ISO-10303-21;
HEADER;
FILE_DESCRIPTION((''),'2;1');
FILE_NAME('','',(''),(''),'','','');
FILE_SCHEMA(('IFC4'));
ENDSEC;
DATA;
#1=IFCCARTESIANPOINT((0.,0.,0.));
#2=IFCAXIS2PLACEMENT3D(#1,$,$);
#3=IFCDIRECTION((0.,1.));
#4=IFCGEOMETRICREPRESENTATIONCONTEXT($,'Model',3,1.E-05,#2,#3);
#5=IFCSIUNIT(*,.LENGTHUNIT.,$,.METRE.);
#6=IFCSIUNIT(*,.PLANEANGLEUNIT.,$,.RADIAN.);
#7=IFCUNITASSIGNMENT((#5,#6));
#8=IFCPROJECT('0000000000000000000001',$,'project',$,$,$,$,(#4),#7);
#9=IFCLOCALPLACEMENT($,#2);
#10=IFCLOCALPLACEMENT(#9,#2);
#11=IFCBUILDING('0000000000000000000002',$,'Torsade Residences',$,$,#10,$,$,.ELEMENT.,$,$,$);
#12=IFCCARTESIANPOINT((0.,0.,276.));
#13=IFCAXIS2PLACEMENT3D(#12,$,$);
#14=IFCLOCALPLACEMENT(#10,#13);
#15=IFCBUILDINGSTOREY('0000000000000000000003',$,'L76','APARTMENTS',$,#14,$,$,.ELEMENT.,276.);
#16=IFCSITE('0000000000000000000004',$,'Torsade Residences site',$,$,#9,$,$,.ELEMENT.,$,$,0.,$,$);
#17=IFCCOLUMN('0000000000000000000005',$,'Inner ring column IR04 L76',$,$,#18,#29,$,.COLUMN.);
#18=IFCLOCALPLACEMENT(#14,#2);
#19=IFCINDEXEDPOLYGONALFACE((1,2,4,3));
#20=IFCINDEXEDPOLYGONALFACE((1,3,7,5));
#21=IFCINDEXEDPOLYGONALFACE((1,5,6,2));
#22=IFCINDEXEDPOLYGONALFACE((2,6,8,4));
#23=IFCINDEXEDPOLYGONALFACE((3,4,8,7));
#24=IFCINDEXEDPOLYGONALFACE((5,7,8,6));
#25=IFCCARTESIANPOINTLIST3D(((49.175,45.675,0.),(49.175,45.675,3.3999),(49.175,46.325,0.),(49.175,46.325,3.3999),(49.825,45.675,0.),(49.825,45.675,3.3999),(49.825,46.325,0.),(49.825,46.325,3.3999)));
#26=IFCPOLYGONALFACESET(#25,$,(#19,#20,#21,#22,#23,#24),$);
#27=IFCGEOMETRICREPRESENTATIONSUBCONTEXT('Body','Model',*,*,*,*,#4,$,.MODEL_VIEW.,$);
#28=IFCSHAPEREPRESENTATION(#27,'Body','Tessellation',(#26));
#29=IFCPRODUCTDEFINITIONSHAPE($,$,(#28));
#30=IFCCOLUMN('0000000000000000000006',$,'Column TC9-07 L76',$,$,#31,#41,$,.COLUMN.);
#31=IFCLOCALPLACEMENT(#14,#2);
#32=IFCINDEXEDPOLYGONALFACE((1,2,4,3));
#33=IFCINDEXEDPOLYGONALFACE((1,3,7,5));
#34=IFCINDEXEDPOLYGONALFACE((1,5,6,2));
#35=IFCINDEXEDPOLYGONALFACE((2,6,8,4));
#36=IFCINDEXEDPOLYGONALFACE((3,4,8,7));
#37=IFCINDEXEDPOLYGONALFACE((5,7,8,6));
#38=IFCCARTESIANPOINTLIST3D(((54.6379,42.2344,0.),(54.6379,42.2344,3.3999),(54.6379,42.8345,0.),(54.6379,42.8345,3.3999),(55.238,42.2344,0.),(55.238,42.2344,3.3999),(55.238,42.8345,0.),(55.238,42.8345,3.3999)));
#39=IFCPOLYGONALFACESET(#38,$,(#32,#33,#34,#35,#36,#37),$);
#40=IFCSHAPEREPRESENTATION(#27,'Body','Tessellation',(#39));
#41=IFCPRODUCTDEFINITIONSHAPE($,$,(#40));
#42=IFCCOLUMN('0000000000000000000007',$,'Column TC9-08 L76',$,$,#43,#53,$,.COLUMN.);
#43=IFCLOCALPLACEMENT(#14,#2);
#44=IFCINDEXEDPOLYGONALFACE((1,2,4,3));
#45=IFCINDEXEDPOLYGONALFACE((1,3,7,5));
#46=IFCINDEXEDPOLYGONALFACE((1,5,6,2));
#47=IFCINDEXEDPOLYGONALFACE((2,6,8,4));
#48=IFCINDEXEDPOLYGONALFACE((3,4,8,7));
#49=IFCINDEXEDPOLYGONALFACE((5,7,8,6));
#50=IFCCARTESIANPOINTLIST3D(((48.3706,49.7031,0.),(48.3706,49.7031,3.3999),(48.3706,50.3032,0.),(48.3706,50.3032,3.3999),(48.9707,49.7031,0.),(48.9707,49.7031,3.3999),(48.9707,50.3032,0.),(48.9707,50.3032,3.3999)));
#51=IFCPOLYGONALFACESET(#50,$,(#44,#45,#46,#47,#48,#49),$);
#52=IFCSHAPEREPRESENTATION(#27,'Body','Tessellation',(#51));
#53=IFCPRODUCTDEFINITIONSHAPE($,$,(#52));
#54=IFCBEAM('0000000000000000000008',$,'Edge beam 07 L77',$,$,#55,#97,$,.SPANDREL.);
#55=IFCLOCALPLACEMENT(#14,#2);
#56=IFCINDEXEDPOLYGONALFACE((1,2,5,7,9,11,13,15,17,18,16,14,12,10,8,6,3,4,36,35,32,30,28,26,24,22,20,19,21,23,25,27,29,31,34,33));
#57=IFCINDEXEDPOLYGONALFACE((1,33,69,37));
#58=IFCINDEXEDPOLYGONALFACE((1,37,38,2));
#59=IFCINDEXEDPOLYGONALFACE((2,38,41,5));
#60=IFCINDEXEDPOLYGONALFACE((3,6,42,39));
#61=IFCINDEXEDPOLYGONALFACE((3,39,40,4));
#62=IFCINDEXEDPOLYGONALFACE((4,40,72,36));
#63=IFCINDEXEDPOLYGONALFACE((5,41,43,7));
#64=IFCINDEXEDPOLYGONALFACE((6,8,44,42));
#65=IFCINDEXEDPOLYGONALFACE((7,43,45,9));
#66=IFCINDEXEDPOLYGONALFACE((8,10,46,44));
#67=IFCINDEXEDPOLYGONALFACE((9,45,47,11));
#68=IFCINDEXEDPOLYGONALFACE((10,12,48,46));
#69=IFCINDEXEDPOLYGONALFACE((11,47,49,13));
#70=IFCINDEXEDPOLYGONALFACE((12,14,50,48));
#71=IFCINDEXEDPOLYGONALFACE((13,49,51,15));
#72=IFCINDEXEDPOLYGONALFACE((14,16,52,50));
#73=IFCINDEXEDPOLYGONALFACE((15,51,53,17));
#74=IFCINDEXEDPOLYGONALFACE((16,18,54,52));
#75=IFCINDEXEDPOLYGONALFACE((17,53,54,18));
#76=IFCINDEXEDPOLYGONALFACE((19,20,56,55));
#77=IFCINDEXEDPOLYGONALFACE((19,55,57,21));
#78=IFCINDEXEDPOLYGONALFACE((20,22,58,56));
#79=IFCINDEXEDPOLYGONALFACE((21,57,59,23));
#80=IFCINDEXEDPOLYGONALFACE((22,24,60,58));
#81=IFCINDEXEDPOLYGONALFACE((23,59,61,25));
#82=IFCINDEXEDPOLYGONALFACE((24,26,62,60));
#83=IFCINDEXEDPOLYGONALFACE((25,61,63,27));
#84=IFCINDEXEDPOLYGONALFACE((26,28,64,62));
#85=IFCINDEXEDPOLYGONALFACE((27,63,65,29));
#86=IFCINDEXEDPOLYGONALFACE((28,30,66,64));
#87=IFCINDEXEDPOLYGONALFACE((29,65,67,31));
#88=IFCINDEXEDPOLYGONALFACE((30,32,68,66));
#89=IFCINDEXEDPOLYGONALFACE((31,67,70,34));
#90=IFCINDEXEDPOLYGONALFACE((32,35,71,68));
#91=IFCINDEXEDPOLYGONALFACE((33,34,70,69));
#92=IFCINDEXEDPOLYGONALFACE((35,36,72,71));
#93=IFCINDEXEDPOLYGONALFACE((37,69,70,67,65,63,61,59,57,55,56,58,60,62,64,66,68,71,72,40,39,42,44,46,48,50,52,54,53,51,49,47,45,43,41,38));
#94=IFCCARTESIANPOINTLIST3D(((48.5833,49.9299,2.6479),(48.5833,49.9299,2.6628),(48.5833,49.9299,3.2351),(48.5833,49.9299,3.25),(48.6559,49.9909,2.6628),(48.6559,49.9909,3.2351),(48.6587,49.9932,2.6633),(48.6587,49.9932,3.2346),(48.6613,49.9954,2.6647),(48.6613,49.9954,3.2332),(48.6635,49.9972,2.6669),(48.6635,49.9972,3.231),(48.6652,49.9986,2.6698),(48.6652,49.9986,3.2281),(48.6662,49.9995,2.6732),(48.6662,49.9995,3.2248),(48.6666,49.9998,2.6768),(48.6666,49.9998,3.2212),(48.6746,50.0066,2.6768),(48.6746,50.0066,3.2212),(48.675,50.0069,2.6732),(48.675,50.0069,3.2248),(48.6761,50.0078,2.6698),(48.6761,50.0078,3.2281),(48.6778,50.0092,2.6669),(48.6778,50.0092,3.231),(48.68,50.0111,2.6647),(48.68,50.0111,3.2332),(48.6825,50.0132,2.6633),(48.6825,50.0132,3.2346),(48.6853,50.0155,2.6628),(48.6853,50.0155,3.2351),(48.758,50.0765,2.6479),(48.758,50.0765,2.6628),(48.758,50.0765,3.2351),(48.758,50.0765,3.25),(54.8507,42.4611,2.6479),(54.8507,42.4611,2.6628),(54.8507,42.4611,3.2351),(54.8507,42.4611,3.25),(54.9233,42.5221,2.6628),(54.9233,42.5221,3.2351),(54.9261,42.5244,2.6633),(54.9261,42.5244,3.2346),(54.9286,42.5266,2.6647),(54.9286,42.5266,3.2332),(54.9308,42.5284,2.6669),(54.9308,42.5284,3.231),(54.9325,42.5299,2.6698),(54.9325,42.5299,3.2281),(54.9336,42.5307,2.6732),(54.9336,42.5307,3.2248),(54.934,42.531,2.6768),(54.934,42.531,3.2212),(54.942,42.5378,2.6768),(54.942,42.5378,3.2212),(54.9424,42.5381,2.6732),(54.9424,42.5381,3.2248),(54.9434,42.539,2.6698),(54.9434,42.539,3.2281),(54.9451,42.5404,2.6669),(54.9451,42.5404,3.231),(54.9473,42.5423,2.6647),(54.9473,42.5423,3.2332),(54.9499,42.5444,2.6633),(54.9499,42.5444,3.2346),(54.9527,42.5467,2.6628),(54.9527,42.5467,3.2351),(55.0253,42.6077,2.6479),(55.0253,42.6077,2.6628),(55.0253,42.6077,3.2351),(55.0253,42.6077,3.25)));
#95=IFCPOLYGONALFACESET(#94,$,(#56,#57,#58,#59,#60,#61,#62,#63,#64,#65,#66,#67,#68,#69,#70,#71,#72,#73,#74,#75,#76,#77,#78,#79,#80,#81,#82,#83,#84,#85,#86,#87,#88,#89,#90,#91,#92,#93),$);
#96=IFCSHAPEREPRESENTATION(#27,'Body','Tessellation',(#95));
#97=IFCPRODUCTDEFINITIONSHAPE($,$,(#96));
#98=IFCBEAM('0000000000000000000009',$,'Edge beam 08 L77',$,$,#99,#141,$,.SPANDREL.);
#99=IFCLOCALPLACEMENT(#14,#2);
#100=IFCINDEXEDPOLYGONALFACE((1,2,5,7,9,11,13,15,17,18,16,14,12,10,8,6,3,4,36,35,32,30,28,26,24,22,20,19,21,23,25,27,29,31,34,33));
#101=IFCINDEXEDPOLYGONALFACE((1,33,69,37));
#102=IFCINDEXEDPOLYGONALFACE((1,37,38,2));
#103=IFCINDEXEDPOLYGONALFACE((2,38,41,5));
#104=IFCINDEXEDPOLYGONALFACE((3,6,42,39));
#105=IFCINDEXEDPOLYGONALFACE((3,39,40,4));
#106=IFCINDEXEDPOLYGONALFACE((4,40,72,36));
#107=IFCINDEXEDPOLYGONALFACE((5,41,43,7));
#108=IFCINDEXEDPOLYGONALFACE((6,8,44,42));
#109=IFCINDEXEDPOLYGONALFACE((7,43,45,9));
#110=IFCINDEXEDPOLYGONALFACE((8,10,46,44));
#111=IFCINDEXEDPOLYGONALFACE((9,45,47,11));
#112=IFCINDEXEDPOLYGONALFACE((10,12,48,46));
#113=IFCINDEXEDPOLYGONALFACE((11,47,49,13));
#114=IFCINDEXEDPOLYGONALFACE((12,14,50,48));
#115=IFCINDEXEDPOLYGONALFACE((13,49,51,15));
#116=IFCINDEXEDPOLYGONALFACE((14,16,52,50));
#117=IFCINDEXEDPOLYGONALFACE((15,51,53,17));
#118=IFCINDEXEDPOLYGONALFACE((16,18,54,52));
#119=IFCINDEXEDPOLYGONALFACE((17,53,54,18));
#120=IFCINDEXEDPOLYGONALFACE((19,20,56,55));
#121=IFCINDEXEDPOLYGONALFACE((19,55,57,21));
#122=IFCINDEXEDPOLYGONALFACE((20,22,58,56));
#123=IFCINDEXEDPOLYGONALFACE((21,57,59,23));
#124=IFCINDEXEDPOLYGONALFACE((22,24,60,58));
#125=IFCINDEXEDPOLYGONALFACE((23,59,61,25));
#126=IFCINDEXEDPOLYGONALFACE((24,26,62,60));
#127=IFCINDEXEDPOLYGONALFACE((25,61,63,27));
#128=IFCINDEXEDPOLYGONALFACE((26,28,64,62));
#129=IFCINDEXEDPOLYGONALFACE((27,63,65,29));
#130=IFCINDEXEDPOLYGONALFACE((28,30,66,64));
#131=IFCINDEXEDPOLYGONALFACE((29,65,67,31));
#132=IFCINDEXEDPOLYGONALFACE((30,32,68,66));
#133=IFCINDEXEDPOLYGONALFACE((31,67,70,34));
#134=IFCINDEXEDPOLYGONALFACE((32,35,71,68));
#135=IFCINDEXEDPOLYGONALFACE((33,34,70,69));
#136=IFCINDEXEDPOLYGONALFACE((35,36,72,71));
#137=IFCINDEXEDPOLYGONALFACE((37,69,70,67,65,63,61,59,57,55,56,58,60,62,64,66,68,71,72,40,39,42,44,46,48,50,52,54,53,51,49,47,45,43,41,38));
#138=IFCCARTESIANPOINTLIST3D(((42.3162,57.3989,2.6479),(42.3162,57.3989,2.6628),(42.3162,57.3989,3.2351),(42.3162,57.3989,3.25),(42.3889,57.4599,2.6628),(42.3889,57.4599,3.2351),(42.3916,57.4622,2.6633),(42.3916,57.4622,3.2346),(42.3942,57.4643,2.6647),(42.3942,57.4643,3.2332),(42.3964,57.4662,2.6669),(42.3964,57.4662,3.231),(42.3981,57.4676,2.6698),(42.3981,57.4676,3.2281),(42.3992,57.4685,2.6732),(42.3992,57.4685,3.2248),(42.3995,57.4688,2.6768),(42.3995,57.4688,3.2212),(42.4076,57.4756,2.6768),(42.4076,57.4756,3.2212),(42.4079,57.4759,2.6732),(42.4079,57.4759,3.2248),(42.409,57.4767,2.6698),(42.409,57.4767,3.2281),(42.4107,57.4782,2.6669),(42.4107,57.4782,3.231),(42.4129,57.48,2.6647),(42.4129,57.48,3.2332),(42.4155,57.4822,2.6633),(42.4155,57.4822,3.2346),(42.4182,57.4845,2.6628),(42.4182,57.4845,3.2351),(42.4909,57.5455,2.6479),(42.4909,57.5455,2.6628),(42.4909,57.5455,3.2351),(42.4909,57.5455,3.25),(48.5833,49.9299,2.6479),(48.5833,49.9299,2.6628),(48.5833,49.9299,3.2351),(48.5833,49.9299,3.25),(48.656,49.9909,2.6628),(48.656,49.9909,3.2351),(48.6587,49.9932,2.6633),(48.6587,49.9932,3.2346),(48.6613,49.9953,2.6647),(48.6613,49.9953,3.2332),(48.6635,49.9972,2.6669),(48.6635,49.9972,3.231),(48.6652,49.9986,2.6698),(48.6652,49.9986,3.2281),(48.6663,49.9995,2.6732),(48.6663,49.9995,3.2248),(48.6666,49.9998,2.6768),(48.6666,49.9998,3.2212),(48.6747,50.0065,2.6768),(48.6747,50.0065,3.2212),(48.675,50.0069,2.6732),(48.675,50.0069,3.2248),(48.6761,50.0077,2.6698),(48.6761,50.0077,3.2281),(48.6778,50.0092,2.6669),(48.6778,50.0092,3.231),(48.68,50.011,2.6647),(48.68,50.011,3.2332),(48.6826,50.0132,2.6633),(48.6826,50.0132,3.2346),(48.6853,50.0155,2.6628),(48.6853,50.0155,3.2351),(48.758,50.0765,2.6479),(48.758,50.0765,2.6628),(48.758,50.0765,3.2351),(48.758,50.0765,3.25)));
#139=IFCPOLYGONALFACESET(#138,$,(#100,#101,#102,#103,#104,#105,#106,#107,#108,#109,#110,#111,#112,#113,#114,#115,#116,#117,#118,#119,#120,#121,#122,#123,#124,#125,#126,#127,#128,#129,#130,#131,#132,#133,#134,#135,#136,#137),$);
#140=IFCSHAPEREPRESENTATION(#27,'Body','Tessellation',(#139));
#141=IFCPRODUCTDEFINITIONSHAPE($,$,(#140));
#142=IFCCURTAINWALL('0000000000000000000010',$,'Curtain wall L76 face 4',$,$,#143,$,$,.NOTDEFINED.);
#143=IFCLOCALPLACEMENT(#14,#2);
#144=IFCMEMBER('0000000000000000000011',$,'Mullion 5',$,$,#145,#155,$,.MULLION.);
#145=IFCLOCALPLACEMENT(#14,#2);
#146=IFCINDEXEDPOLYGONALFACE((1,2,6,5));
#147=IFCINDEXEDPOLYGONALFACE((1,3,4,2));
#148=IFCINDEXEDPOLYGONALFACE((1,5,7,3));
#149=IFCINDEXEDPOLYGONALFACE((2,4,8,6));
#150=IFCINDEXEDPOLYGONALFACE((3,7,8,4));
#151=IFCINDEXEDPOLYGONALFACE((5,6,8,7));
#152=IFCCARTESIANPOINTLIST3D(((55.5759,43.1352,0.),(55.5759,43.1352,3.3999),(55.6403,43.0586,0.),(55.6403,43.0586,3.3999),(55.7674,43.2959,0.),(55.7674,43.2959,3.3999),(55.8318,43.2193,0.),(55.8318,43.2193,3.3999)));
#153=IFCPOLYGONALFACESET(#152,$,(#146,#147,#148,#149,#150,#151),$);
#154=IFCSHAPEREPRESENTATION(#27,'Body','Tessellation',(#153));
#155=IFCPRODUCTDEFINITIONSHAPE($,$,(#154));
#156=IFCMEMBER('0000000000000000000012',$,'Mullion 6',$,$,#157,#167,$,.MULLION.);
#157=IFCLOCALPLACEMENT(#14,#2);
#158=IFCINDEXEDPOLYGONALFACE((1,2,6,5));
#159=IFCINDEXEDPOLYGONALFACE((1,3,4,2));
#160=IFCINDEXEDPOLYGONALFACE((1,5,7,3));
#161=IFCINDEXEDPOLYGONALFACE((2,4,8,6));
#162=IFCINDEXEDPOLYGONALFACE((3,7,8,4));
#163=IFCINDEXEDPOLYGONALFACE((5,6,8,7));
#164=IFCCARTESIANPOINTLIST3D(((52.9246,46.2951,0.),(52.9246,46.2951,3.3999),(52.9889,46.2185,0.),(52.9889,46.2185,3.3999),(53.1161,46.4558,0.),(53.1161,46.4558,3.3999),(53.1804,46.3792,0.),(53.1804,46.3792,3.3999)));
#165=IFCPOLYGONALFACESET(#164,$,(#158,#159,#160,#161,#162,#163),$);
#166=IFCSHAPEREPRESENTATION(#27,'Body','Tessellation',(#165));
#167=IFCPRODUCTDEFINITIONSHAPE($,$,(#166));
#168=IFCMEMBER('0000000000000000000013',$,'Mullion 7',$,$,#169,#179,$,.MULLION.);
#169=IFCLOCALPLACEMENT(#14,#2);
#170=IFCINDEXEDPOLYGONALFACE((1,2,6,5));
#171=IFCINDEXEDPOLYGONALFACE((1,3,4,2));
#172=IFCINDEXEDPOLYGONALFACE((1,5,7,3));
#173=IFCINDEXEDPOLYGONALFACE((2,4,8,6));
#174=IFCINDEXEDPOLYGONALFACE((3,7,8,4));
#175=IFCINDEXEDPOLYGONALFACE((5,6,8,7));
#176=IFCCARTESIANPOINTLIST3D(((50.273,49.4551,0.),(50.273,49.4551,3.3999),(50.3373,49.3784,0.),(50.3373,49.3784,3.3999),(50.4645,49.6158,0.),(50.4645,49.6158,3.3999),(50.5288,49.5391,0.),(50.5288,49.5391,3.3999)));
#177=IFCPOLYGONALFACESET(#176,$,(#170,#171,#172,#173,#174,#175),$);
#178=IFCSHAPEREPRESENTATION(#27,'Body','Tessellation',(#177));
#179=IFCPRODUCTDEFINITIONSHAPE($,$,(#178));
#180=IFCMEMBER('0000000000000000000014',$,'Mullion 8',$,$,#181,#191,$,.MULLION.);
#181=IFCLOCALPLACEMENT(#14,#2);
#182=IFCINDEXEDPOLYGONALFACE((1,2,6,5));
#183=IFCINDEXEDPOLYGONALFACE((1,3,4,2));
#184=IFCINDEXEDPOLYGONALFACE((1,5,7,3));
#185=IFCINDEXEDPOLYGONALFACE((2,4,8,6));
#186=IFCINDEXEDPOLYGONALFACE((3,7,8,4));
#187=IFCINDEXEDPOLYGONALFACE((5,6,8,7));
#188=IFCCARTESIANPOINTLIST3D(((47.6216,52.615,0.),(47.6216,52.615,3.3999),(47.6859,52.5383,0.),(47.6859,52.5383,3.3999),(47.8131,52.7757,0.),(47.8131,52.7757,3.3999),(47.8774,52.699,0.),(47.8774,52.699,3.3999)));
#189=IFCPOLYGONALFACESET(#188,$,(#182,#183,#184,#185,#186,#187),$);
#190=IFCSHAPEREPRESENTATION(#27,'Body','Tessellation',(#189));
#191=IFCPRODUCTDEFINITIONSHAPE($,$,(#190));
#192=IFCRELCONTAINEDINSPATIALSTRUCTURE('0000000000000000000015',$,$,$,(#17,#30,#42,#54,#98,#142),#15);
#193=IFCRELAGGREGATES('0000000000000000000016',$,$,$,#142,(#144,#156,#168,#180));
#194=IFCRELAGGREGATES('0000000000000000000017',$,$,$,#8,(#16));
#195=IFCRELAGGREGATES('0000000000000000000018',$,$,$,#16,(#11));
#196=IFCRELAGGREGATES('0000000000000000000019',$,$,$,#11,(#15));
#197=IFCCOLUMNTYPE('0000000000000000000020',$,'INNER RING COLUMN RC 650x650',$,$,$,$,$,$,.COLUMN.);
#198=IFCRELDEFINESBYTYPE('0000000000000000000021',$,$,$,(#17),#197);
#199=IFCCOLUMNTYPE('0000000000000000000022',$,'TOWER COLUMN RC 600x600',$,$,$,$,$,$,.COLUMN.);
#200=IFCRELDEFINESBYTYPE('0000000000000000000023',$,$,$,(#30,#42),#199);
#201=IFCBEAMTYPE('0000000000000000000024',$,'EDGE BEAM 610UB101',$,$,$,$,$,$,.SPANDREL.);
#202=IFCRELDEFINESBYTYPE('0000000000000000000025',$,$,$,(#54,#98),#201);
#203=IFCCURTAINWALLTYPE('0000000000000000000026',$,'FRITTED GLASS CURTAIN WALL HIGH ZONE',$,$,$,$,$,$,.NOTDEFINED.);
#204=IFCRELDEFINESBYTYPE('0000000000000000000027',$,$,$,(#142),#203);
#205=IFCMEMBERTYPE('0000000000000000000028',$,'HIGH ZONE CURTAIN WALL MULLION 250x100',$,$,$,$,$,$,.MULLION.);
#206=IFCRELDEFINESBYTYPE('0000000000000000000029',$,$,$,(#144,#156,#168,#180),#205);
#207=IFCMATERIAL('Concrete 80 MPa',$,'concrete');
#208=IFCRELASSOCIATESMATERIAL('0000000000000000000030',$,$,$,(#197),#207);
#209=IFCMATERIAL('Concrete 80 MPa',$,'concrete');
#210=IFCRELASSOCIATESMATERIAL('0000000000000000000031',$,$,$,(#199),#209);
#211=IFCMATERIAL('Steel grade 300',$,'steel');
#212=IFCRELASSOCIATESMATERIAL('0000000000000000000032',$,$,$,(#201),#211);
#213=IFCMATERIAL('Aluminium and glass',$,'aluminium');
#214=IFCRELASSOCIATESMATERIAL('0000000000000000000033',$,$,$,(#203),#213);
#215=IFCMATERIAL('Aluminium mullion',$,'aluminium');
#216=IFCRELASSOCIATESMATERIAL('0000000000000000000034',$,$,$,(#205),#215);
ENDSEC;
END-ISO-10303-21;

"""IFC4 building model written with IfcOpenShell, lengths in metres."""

from ifc_helpers import new_model, si_unit, direction, frame, origin, origin_2d, place, context, subcontext, project, spatial, rectangle, i_section, extrude, material, material_profile, profile_set, type_object, element, aggregate, save


model = new_model("IFC4")

# Units and contexts
model_context = context("Model", 3, precision=1e-05, world=origin(), true_north=direction((0.0, 1.0)))
body_context = subcontext(model_context, "Body", "Model", "MODEL_VIEW")
ifc_project = project(units=[si_unit("LENGTHUNIT", "METRE"), si_unit("PLANEANGLEUNIT", "RADIAN")], contexts=[model_context])

# Site, building, storey
site_placement = place(None, origin())
site = spatial("IfcSite", under=ifc_project, at=site_placement, Name="Torsade Residences site", CompositionType="ELEMENT", RefElevation=0.0)
building_placement = place(site_placement, origin())
building = spatial("IfcBuilding", under=site, at=building_placement, Name="Torsade Residences", CompositionType="ELEMENT")
storey_placement = place(building_placement, frame((0.0, 0.0, 276.0)))
storey = spatial("IfcBuildingStorey", under=building, at=storey_placement, Name="L76", Description="APARTMENTS", CompositionType="ELEMENT", Elevation=276.0)

# Columns
ifc_material_1 = material(Name="Concrete 80 MPa", Category="concrete")
ifc_material_profile_1 = material_profile(ifc_material_1, rectangle(XDim=0.6499, YDim=0.6499, at=origin_2d()), Name="RC 650x650")
ifc_profile_set_1 = profile_set([ifc_material_profile_1], Name="Concrete 80 MPa")
column_type_1 = type_object("IfcColumnType", Name="INNER RING COLUMN RC 650x650", PredefinedType="COLUMN", material=ifc_profile_set_1)
column_placement = place(storey_placement, frame((49.5, 46.0, 0.0), z_axis=(0.0, 0.0, 1.0), x_axis=(1.0, 0.0, 0.0)))
element("IfcColumn", 1, at=column_placement, inside=storey, type_object=column_type_1, Name="Inner ring column IR04 L76", PredefinedType="COLUMN", context=body_context, shape_type="SweptSolid", body=[
    extrude(rectangle(XDim=0.6499, YDim=0.6499, at=origin_2d()), origin(), (0.0, 0.0, 1.0), 3.3999),
])
ifc_material_2 = material(Name="Concrete 80 MPa", Category="concrete")
ifc_material_profile_2 = material_profile(ifc_material_2, rectangle(XDim=0.6001, YDim=0.6001, at=origin_2d()), Name="RC 600x600")
ifc_profile_set_2 = profile_set([ifc_material_profile_2], Name="Concrete 80 MPa")
column_type_2 = type_object("IfcColumnType", Name="TOWER COLUMN RC 600x600", PredefinedType="COLUMN", material=ifc_profile_set_2)
for number, where, z_axis, x_axis, name in (
    (2, (54.938, 42.5344, 0.0), (0.0, 0.0, 1.0), (1.0, 0.0, 0.0), "Column TC9-07 L76"),
    (3, (48.6707, 50.0032, 0.0), (0.0, 0.0, 1.0), (1.0, 0.0, 0.0), "Column TC9-08 L76"),
):
    element("IfcColumn", number, at=place(storey_placement, frame(where, z_axis=z_axis, x_axis=x_axis)), inside=storey, type_object=column_type_2, Name=name, PredefinedType="COLUMN", context=body_context, shape_type="SweptSolid", body=[
        extrude(rectangle(XDim=0.6001, YDim=0.6001, at=origin_2d()), origin(), (0.0, 0.0, 1.0), 3.3999),
    ])

# Beams
ifc_material_3 = material(Name="Steel grade 300", Category="steel")
ifc_material_profile_3 = material_profile(ifc_material_3, i_section(OverallWidth=0.228, OverallDepth=0.6021, WebThickness=0.0105, FlangeThickness=0.0149, FilletRadius=0.0139, at=origin_2d()), Name="610UB101")
ifc_profile_set_3 = profile_set([ifc_material_profile_3], Name="Steel grade 300")
beam_type_1 = type_object("IfcBeamType", Name="EDGE BEAM 610UB101", PredefinedType="SPANDREL", material=ifc_profile_set_3)
for number, where, z_axis, x_axis, name in (
    (4, (54.938, 42.5344, 2.949), (-0.642806, 0.766029, 0.0), (-0.766029, -0.642806, 0.0), "Edge beam 07 L77"),
    (5, (48.6707, 50.0032, 2.949), (-0.642779, 0.766052, 0.0), (-0.766052, -0.642779, 0.0), "Edge beam 08 L77"),
):
    element("IfcBeam", number, at=place(storey_placement, frame(where, z_axis=z_axis, x_axis=x_axis)), inside=storey, type_object=beam_type_1, Name=name, PredefinedType="SPANDREL", context=body_context, shape_type="SweptSolid", body=[
        extrude(i_section(OverallWidth=0.228, OverallDepth=0.6021, WebThickness=0.0105, FlangeThickness=0.0149, FilletRadius=0.0139, at=origin_2d()), origin(), (0.0, 0.0, 1.0), 9.75),
    ])

# Curtain wall, members
ifc_material_4 = material(Name="Aluminium and glass", Category="aluminium")
curtain_wall_type = type_object("IfcCurtainWallType", Name="FRITTED GLASS CURTAIN WALL HIGH ZONE", PredefinedType="NOTDEFINED", material=ifc_material_4)
curtain_wall_placement = place(storey_placement, origin())
curtain_wall = element("IfcCurtainWall", 6, at=curtain_wall_placement, inside=storey, type_object=curtain_wall_type, Name="Curtain wall L76 face 4", PredefinedType="NOTDEFINED")
ifc_material_5 = material(Name="Aluminium mullion", Category="aluminium")
ifc_material_profile_4 = material_profile(ifc_material_5, rectangle(XDim=0.25, YDim=0.1001, at=origin_2d()), Name="HIGH ZONE CURTAIN WALL MULLION 250x100")
ifc_profile_set_4 = profile_set([ifc_material_profile_4], Name="Aluminium mullion")
member_type_1 = type_object("IfcMemberType", Name="HIGH ZONE CURTAIN WALL MULLION 250x100", PredefinedType="MULLION", material=ifc_profile_set_4)
member_1_placement = place(storey_placement, frame((55.7039, 43.1772, 0.0), z_axis=(0.0, 0.0, 1.0), x_axis=(-0.766044, -0.642788, 0.0)))
member_1 = element("IfcMember", 7, at=member_1_placement, type_object=member_type_1, Name="Mullion 5", PredefinedType="MULLION", context=body_context, shape_type="SweptSolid", body=[
    extrude(rectangle(XDim=0.25, YDim=0.1001, at=origin_2d()), origin(), (0.0, 0.0, 1.0), 3.3999),
])
member_2_placement = place(storey_placement, frame((53.0525, 46.3372, 0.0), z_axis=(0.0, 0.0, 1.0), x_axis=(-0.766044, -0.642788, 0.0)))
member_2 = element("IfcMember", 8, at=member_2_placement, type_object=member_type_1, Name="Mullion 6", PredefinedType="MULLION", context=body_context, shape_type="SweptSolid", body=[
    extrude(rectangle(XDim=0.25, YDim=0.1001, at=origin_2d()), origin(), (0.0, 0.0, 1.0), 3.3999),
])
member_3_placement = place(storey_placement, frame((50.4009, 49.4971, 0.0), z_axis=(0.0, 0.0, 1.0), x_axis=(-0.766044, -0.642788, 0.0)))
member_3 = element("IfcMember", 9, at=member_3_placement, type_object=member_type_1, Name="Mullion 7", PredefinedType="MULLION", context=body_context, shape_type="SweptSolid", body=[
    extrude(rectangle(XDim=0.25, YDim=0.1001, at=origin_2d()), origin(), (0.0, 0.0, 1.0), 3.3999),
])
member_4_placement = place(storey_placement, frame((47.7495, 52.657, 0.0), z_axis=(0.0, 0.0, 1.0), x_axis=(-0.766044, -0.642788, 0.0)))
member_4 = element("IfcMember", 10, at=member_4_placement, type_object=member_type_1, Name="Mullion 8", PredefinedType="MULLION", context=body_context, shape_type="SweptSolid", body=[
    extrude(rectangle(XDim=0.25, YDim=0.1001, at=origin_2d()), origin(), (0.0, 0.0, 1.0), 3.3999),
])

aggregate(curtain_wall, [member_1, member_2, member_3, member_4])

save(model, "model.ifc")
